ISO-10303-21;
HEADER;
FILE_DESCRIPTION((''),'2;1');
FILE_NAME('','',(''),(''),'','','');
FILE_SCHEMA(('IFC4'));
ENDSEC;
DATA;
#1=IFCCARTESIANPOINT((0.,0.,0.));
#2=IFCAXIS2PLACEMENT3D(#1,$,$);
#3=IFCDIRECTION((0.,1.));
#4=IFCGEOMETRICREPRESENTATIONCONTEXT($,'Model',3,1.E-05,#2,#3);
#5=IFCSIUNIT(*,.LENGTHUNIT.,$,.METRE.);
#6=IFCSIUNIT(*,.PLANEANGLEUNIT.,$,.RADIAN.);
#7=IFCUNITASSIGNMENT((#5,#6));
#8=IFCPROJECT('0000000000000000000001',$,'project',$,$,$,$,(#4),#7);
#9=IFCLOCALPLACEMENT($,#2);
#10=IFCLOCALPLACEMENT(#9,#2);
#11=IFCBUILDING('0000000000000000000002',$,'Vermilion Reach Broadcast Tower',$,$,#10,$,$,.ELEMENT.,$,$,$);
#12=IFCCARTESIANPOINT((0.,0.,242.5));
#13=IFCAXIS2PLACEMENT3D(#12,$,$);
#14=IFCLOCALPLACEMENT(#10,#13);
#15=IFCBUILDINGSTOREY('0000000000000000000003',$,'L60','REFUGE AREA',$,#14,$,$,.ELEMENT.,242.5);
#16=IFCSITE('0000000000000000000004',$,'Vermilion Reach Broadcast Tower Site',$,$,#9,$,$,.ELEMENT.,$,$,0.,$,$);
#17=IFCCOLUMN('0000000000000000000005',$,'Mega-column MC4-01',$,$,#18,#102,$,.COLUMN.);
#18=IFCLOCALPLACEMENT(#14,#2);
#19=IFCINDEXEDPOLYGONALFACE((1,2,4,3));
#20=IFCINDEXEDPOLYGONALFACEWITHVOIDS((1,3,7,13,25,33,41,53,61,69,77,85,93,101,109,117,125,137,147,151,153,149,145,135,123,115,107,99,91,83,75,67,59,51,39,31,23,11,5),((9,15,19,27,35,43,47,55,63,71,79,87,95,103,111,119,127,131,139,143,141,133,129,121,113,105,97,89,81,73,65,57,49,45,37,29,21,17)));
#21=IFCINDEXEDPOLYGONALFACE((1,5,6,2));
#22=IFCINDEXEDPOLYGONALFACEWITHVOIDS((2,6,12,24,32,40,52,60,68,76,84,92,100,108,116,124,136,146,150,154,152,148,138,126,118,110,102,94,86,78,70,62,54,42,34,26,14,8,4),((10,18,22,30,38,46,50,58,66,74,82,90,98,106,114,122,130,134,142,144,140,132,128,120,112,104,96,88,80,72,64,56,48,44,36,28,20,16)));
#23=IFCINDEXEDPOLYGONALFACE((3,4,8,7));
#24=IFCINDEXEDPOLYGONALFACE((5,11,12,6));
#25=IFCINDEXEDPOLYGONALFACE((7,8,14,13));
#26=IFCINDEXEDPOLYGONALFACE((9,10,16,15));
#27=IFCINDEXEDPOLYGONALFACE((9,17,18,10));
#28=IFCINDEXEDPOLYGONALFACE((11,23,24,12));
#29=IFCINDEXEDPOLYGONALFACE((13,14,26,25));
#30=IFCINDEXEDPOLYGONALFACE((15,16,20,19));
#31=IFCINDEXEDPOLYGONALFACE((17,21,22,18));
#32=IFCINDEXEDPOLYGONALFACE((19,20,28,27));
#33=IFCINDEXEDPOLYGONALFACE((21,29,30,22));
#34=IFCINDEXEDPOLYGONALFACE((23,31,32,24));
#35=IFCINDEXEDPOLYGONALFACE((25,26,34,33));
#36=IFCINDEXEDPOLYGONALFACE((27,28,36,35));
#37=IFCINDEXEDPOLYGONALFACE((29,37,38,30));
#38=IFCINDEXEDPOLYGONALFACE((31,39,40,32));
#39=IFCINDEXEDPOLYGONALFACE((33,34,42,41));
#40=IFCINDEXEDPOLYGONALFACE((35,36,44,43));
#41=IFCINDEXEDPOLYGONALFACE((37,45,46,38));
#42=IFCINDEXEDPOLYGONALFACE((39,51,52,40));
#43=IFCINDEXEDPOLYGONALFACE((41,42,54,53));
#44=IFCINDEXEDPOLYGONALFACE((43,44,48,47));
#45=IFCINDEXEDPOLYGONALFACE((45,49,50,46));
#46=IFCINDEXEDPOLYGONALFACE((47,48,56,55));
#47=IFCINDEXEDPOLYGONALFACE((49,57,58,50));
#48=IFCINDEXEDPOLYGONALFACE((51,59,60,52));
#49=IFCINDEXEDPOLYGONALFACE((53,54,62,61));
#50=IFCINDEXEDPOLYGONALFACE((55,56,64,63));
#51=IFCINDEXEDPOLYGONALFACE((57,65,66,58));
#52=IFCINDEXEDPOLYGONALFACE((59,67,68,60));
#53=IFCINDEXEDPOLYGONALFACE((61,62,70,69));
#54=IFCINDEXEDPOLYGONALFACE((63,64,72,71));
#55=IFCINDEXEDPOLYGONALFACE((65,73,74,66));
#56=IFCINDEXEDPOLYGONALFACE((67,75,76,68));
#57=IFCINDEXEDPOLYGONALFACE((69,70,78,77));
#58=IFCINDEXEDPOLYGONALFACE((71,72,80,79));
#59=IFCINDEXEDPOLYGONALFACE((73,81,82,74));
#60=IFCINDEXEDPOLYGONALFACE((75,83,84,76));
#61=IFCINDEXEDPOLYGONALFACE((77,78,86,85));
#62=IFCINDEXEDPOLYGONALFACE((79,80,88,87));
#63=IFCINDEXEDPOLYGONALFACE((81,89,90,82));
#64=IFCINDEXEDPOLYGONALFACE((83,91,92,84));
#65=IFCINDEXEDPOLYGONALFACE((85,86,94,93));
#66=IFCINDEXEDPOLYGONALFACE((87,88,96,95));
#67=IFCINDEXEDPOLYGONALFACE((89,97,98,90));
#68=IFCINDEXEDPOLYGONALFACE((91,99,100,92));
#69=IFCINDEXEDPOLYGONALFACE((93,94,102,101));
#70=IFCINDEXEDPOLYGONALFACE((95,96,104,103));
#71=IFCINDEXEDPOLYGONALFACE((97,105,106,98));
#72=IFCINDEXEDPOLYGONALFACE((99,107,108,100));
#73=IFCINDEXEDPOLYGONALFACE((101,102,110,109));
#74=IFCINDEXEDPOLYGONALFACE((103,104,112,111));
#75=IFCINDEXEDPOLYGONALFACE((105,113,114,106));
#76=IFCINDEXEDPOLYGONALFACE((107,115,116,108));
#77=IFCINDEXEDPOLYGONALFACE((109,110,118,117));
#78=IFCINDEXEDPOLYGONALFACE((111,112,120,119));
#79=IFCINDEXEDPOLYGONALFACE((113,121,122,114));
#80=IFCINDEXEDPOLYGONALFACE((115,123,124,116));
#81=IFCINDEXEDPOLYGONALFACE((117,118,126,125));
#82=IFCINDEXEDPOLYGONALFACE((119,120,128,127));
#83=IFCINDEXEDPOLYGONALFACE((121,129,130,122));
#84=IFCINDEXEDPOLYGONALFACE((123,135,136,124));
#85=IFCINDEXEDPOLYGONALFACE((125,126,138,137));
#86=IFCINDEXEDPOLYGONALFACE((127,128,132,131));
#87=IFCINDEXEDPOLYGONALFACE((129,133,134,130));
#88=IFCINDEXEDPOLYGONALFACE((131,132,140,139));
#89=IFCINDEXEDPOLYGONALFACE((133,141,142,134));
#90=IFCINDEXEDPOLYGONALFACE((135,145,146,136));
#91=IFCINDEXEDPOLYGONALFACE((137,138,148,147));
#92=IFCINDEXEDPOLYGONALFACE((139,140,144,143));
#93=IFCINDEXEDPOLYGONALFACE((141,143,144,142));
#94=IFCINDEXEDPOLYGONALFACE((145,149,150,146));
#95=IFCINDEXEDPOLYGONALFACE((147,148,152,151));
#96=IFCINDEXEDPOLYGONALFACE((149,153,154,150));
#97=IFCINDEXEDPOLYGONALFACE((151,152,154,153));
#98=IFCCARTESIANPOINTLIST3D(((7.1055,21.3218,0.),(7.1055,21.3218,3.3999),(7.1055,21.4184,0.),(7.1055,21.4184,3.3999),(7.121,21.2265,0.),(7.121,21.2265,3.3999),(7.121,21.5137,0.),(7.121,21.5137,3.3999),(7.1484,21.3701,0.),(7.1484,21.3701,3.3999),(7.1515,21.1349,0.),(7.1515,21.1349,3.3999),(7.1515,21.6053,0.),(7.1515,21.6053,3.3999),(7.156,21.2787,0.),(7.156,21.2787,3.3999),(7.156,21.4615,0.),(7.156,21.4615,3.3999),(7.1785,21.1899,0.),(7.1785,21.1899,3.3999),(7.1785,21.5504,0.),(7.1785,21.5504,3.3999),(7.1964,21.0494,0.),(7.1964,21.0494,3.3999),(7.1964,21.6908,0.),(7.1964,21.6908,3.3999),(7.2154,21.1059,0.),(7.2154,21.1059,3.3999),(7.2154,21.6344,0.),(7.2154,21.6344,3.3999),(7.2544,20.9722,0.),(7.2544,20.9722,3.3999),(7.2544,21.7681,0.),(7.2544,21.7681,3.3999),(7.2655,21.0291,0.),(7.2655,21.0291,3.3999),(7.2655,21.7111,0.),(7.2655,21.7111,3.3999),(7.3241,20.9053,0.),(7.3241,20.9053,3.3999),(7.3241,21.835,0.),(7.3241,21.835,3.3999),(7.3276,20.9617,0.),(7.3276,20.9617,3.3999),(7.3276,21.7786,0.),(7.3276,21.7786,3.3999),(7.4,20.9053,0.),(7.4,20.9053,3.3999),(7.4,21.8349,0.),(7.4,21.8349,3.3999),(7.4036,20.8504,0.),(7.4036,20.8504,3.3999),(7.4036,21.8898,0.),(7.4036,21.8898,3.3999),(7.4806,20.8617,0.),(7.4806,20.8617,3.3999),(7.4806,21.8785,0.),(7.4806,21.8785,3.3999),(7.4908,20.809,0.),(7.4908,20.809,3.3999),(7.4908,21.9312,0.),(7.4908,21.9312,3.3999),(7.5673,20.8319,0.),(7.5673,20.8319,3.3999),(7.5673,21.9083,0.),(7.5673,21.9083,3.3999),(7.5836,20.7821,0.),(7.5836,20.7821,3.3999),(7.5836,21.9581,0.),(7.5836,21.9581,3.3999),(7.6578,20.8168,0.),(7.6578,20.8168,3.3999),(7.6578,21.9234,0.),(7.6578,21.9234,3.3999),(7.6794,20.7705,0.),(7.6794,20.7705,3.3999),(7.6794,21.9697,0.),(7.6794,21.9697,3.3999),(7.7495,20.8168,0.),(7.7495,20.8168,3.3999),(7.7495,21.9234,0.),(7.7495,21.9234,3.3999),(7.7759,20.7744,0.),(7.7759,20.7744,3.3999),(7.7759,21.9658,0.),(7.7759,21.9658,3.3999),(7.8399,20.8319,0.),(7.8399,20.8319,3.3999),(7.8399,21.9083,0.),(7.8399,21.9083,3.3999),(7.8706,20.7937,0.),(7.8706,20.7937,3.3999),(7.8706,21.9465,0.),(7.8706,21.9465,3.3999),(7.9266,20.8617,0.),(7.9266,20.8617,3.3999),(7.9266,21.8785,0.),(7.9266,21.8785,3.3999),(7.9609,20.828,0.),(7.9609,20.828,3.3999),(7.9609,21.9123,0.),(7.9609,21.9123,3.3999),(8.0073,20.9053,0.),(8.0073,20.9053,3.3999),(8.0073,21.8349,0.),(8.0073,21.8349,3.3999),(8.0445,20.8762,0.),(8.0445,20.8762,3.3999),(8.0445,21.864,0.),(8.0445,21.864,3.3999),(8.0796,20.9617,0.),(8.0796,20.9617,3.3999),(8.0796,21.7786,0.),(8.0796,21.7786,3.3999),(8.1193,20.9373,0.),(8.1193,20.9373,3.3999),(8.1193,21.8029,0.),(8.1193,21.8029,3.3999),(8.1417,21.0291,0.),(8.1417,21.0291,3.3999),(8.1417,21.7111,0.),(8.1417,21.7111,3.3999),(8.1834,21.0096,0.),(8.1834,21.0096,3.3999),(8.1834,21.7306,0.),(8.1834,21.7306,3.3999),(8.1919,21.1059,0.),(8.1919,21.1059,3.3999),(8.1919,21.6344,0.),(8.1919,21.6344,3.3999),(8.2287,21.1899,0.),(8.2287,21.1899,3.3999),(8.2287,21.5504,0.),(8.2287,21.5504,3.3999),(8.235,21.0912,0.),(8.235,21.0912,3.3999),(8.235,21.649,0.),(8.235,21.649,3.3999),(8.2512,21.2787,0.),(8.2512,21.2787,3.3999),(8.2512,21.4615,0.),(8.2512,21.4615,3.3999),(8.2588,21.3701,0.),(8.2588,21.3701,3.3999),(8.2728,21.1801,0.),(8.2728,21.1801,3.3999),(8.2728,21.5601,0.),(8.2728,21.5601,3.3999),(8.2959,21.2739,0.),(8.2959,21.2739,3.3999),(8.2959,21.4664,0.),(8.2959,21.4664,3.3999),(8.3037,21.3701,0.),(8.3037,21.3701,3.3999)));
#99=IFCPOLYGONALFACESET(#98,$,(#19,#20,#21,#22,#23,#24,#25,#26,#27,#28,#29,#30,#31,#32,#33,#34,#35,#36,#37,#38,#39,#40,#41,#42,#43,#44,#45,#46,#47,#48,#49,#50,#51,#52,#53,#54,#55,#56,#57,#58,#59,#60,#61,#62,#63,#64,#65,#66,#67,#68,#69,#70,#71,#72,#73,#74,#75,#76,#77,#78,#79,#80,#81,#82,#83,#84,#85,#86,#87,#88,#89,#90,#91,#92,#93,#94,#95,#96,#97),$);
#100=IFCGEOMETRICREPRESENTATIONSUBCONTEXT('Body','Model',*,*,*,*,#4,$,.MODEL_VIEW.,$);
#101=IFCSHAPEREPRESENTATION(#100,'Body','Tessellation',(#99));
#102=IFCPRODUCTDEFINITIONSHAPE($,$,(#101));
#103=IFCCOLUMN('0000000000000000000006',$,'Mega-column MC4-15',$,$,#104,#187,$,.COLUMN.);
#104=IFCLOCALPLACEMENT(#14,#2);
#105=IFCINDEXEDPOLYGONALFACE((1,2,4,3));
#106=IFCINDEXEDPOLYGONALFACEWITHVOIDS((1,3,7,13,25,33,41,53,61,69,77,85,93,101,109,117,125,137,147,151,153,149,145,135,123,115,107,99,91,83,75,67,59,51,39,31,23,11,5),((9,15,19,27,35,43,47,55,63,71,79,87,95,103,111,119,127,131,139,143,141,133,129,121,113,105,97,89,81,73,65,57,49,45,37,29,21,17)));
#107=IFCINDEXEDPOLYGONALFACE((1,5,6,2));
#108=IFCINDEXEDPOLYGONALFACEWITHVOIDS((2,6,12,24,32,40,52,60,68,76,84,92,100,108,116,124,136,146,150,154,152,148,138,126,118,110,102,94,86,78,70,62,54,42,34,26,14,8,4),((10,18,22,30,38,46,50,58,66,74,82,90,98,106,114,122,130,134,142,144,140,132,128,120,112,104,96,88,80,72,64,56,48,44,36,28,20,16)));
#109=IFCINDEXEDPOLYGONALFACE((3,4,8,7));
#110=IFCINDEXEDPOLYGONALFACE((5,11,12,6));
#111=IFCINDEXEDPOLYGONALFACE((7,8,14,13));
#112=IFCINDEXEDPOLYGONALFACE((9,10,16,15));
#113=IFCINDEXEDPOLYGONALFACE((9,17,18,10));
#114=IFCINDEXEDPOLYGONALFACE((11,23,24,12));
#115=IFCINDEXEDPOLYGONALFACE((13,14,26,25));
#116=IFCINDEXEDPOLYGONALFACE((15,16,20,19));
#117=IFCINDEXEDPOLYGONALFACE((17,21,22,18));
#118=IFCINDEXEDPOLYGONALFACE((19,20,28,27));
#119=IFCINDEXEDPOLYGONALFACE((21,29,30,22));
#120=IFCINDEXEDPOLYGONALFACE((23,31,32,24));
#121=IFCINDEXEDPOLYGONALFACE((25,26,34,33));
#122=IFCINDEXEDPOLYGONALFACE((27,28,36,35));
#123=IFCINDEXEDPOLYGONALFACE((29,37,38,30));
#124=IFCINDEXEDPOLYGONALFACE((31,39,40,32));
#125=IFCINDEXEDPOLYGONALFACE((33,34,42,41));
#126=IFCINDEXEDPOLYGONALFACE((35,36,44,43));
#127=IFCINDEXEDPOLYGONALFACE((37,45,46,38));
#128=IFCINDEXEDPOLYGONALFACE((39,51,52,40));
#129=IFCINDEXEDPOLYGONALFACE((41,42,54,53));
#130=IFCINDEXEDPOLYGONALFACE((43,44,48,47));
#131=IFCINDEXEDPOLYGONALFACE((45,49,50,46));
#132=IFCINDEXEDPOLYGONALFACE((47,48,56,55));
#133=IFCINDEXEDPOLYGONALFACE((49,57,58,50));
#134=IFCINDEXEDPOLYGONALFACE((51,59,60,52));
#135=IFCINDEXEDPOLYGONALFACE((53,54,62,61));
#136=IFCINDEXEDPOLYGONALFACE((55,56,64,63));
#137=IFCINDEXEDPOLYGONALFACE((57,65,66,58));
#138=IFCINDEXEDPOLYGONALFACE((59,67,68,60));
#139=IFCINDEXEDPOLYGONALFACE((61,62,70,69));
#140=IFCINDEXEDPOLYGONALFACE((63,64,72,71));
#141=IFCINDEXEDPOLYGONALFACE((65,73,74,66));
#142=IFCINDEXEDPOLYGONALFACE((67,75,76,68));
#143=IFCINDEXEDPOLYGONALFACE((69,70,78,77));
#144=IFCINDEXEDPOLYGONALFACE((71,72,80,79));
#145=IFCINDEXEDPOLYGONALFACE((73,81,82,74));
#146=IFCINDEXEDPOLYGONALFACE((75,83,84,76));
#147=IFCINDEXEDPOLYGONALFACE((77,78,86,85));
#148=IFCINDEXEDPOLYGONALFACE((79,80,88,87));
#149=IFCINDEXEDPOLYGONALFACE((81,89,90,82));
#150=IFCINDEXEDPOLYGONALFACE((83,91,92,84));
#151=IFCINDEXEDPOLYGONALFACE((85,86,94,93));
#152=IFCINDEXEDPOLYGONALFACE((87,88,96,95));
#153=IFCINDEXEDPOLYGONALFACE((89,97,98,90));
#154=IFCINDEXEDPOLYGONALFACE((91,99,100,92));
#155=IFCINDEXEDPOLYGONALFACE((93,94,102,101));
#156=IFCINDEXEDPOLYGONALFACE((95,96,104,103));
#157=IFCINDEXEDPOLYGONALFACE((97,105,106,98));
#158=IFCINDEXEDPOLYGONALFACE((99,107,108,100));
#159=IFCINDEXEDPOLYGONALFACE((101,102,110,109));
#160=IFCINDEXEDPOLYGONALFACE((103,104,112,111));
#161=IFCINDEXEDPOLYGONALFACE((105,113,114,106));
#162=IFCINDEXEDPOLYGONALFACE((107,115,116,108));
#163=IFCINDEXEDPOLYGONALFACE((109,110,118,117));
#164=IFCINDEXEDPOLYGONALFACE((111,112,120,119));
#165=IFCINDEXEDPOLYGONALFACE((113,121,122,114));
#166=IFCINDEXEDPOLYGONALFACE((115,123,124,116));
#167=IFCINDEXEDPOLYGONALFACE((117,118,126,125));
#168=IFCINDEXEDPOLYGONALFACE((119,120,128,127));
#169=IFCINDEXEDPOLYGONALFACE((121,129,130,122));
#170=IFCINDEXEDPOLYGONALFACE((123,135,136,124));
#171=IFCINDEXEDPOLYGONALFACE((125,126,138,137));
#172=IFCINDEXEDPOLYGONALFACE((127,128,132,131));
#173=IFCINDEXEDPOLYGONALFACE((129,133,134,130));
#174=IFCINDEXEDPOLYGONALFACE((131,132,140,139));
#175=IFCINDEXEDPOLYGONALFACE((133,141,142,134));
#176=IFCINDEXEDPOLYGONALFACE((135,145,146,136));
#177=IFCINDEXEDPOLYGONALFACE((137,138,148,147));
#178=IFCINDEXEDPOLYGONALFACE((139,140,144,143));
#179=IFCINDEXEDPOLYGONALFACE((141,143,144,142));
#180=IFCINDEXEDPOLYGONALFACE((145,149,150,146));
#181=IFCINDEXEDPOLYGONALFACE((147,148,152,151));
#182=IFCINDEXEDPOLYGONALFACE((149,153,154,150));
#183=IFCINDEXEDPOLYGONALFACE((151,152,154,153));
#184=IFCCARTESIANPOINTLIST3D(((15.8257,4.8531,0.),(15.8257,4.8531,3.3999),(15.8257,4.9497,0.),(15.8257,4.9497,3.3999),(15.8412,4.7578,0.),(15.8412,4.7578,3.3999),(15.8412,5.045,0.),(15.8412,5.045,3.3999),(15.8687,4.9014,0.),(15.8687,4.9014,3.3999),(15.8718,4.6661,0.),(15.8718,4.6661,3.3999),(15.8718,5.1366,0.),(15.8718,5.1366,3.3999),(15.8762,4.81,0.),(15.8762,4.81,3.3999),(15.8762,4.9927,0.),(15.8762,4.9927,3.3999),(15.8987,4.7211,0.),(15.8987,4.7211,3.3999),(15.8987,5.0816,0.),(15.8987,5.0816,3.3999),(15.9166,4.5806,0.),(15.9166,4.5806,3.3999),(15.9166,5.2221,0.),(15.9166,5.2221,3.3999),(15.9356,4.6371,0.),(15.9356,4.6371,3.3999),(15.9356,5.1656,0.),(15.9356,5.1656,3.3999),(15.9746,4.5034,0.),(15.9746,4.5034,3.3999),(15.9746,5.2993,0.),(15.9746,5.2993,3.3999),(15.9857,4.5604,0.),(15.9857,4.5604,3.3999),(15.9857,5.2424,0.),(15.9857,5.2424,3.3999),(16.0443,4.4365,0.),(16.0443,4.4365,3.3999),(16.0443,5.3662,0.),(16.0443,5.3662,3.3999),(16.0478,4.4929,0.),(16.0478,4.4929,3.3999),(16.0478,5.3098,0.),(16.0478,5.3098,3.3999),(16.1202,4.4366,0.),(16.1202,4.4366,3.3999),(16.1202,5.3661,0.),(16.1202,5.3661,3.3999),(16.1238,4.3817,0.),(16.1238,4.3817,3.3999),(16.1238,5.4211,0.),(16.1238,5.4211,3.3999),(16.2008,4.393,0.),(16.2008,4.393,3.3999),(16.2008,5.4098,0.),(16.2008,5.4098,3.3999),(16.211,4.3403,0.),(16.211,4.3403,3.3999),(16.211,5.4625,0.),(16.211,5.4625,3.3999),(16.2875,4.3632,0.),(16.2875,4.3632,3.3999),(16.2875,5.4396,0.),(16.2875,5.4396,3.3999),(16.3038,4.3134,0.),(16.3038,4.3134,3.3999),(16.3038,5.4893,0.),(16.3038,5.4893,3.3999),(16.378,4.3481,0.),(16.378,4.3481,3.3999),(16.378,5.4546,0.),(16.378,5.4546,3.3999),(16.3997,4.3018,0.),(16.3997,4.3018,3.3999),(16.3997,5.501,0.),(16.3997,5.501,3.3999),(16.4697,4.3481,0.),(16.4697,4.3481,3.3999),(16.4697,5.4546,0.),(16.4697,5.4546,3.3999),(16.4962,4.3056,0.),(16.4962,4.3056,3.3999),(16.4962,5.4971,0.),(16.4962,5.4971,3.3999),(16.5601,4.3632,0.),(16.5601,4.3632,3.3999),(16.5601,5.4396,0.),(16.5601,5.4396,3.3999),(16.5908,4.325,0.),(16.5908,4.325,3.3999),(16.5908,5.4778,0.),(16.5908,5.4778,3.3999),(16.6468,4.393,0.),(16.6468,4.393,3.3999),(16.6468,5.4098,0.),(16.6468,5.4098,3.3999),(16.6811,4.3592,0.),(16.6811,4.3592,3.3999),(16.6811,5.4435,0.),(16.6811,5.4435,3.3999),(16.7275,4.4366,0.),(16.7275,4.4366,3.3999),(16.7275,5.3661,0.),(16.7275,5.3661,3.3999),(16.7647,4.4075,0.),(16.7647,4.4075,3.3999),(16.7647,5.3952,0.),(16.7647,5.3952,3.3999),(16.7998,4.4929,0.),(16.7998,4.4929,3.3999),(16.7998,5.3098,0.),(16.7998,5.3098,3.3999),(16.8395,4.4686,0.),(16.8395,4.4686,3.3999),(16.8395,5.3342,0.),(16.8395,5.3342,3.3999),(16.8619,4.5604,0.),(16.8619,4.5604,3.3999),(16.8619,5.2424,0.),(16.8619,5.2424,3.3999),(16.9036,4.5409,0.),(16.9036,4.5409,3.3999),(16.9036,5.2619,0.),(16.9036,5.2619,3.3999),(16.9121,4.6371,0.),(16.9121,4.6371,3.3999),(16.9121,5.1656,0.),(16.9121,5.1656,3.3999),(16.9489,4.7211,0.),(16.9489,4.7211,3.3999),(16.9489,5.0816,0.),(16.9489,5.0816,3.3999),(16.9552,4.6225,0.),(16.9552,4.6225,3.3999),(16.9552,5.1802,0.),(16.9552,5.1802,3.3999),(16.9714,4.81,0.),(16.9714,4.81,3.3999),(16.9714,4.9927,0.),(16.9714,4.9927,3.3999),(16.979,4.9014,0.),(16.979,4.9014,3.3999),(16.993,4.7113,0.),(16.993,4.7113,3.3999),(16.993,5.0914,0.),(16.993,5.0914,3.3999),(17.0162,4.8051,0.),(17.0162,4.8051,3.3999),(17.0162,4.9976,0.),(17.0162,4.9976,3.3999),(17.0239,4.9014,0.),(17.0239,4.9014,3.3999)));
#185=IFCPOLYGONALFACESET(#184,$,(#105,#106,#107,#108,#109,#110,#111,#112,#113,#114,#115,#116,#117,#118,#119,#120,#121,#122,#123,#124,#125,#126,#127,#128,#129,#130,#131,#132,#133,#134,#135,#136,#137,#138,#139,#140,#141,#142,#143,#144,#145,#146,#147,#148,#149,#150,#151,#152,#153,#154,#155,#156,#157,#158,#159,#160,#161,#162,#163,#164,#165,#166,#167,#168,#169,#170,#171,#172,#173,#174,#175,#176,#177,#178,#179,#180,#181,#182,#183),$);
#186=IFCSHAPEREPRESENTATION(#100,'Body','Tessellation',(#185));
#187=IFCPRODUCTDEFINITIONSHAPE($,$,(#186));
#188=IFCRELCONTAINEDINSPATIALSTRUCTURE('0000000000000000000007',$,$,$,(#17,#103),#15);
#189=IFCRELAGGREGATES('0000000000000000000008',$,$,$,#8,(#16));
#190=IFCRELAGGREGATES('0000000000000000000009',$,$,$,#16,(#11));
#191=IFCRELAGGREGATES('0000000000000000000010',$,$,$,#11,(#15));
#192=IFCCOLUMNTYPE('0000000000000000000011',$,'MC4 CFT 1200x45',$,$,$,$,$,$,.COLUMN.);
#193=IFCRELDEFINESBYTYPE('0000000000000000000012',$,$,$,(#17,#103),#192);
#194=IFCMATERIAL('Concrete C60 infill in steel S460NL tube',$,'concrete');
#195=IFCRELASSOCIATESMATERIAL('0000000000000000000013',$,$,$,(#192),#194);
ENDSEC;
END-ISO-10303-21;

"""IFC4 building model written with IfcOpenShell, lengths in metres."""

from ifc_helpers import new_model, si_unit, direction, frame, origin, origin_2d, place, context, subcontext, project, spatial, hollow_circle, extrude, material, material_profile, profile_set, type_object, element, save


model = new_model("IFC4")

# Units and contexts
model_context = context("Model", 3, precision=1e-05, world=origin(), true_north=direction((0.0, 1.0)))
body_context = subcontext(model_context, "Body", "Model", "MODEL_VIEW")
ifc_project = project(units=[si_unit("LENGTHUNIT", "METRE"), si_unit("PLANEANGLEUNIT", "RADIAN")], contexts=[model_context])

# Site, building, storey
site_placement = place(None, origin())
site = spatial("IfcSite", under=ifc_project, at=site_placement, Name="Vermilion Reach Broadcast Tower Site", CompositionType="ELEMENT", RefElevation=0.0)
building_placement = place(site_placement, origin())
building = spatial("IfcBuilding", under=site, at=building_placement, Name="Vermilion Reach Broadcast Tower", CompositionType="ELEMENT")
storey_placement = place(building_placement, frame((0.0, 0.0, 242.5)))
storey = spatial("IfcBuildingStorey", under=building, at=storey_placement, Name="L60", Description="REFUGE AREA", CompositionType="ELEMENT", Elevation=242.5)

# Columns
ifc_material_1 = material(Name="Concrete C60 infill in steel S460NL tube", Category="concrete")
ifc_material_profile_1 = material_profile(ifc_material_1, hollow_circle(Radius=0.6001, WallThickness=0.0449, at=origin_2d()), Name="Concrete C60 infill in steel S460NL tube CFT 1200x45")
ifc_profile_set_1 = profile_set([ifc_material_profile_1], Name="Concrete C60 infill in steel S460NL tube")
column_type = type_object("IfcColumnType", Name="MC4 CFT 1200x45", PredefinedType="COLUMN", material=ifc_profile_set_1)
for number, where, z_axis, x_axis, name in (
    (1, (7.7036, 21.3701, 0.0), (0.0, 0.0, 1.0), (1.0, 0.0, 0.0), "Mega-column MC4-01"),
    (2, (16.4238, 4.9014, 0.0), (0.0, 0.0, 1.0), (1.0, 0.0, 0.0), "Mega-column MC4-15"),
):
    element("IfcColumn", number, at=place(storey_placement, frame(where, z_axis=z_axis, x_axis=x_axis)), inside=storey, type_object=column_type, Name=name, PredefinedType="COLUMN", context=body_context, shape_type="SweptSolid", body=[
        extrude(hollow_circle(Radius=0.6001, WallThickness=0.0449, at=origin_2d()), origin(), (0.0, 0.0, 1.0), 3.3999),
    ])

save(model, "model.ifc")
